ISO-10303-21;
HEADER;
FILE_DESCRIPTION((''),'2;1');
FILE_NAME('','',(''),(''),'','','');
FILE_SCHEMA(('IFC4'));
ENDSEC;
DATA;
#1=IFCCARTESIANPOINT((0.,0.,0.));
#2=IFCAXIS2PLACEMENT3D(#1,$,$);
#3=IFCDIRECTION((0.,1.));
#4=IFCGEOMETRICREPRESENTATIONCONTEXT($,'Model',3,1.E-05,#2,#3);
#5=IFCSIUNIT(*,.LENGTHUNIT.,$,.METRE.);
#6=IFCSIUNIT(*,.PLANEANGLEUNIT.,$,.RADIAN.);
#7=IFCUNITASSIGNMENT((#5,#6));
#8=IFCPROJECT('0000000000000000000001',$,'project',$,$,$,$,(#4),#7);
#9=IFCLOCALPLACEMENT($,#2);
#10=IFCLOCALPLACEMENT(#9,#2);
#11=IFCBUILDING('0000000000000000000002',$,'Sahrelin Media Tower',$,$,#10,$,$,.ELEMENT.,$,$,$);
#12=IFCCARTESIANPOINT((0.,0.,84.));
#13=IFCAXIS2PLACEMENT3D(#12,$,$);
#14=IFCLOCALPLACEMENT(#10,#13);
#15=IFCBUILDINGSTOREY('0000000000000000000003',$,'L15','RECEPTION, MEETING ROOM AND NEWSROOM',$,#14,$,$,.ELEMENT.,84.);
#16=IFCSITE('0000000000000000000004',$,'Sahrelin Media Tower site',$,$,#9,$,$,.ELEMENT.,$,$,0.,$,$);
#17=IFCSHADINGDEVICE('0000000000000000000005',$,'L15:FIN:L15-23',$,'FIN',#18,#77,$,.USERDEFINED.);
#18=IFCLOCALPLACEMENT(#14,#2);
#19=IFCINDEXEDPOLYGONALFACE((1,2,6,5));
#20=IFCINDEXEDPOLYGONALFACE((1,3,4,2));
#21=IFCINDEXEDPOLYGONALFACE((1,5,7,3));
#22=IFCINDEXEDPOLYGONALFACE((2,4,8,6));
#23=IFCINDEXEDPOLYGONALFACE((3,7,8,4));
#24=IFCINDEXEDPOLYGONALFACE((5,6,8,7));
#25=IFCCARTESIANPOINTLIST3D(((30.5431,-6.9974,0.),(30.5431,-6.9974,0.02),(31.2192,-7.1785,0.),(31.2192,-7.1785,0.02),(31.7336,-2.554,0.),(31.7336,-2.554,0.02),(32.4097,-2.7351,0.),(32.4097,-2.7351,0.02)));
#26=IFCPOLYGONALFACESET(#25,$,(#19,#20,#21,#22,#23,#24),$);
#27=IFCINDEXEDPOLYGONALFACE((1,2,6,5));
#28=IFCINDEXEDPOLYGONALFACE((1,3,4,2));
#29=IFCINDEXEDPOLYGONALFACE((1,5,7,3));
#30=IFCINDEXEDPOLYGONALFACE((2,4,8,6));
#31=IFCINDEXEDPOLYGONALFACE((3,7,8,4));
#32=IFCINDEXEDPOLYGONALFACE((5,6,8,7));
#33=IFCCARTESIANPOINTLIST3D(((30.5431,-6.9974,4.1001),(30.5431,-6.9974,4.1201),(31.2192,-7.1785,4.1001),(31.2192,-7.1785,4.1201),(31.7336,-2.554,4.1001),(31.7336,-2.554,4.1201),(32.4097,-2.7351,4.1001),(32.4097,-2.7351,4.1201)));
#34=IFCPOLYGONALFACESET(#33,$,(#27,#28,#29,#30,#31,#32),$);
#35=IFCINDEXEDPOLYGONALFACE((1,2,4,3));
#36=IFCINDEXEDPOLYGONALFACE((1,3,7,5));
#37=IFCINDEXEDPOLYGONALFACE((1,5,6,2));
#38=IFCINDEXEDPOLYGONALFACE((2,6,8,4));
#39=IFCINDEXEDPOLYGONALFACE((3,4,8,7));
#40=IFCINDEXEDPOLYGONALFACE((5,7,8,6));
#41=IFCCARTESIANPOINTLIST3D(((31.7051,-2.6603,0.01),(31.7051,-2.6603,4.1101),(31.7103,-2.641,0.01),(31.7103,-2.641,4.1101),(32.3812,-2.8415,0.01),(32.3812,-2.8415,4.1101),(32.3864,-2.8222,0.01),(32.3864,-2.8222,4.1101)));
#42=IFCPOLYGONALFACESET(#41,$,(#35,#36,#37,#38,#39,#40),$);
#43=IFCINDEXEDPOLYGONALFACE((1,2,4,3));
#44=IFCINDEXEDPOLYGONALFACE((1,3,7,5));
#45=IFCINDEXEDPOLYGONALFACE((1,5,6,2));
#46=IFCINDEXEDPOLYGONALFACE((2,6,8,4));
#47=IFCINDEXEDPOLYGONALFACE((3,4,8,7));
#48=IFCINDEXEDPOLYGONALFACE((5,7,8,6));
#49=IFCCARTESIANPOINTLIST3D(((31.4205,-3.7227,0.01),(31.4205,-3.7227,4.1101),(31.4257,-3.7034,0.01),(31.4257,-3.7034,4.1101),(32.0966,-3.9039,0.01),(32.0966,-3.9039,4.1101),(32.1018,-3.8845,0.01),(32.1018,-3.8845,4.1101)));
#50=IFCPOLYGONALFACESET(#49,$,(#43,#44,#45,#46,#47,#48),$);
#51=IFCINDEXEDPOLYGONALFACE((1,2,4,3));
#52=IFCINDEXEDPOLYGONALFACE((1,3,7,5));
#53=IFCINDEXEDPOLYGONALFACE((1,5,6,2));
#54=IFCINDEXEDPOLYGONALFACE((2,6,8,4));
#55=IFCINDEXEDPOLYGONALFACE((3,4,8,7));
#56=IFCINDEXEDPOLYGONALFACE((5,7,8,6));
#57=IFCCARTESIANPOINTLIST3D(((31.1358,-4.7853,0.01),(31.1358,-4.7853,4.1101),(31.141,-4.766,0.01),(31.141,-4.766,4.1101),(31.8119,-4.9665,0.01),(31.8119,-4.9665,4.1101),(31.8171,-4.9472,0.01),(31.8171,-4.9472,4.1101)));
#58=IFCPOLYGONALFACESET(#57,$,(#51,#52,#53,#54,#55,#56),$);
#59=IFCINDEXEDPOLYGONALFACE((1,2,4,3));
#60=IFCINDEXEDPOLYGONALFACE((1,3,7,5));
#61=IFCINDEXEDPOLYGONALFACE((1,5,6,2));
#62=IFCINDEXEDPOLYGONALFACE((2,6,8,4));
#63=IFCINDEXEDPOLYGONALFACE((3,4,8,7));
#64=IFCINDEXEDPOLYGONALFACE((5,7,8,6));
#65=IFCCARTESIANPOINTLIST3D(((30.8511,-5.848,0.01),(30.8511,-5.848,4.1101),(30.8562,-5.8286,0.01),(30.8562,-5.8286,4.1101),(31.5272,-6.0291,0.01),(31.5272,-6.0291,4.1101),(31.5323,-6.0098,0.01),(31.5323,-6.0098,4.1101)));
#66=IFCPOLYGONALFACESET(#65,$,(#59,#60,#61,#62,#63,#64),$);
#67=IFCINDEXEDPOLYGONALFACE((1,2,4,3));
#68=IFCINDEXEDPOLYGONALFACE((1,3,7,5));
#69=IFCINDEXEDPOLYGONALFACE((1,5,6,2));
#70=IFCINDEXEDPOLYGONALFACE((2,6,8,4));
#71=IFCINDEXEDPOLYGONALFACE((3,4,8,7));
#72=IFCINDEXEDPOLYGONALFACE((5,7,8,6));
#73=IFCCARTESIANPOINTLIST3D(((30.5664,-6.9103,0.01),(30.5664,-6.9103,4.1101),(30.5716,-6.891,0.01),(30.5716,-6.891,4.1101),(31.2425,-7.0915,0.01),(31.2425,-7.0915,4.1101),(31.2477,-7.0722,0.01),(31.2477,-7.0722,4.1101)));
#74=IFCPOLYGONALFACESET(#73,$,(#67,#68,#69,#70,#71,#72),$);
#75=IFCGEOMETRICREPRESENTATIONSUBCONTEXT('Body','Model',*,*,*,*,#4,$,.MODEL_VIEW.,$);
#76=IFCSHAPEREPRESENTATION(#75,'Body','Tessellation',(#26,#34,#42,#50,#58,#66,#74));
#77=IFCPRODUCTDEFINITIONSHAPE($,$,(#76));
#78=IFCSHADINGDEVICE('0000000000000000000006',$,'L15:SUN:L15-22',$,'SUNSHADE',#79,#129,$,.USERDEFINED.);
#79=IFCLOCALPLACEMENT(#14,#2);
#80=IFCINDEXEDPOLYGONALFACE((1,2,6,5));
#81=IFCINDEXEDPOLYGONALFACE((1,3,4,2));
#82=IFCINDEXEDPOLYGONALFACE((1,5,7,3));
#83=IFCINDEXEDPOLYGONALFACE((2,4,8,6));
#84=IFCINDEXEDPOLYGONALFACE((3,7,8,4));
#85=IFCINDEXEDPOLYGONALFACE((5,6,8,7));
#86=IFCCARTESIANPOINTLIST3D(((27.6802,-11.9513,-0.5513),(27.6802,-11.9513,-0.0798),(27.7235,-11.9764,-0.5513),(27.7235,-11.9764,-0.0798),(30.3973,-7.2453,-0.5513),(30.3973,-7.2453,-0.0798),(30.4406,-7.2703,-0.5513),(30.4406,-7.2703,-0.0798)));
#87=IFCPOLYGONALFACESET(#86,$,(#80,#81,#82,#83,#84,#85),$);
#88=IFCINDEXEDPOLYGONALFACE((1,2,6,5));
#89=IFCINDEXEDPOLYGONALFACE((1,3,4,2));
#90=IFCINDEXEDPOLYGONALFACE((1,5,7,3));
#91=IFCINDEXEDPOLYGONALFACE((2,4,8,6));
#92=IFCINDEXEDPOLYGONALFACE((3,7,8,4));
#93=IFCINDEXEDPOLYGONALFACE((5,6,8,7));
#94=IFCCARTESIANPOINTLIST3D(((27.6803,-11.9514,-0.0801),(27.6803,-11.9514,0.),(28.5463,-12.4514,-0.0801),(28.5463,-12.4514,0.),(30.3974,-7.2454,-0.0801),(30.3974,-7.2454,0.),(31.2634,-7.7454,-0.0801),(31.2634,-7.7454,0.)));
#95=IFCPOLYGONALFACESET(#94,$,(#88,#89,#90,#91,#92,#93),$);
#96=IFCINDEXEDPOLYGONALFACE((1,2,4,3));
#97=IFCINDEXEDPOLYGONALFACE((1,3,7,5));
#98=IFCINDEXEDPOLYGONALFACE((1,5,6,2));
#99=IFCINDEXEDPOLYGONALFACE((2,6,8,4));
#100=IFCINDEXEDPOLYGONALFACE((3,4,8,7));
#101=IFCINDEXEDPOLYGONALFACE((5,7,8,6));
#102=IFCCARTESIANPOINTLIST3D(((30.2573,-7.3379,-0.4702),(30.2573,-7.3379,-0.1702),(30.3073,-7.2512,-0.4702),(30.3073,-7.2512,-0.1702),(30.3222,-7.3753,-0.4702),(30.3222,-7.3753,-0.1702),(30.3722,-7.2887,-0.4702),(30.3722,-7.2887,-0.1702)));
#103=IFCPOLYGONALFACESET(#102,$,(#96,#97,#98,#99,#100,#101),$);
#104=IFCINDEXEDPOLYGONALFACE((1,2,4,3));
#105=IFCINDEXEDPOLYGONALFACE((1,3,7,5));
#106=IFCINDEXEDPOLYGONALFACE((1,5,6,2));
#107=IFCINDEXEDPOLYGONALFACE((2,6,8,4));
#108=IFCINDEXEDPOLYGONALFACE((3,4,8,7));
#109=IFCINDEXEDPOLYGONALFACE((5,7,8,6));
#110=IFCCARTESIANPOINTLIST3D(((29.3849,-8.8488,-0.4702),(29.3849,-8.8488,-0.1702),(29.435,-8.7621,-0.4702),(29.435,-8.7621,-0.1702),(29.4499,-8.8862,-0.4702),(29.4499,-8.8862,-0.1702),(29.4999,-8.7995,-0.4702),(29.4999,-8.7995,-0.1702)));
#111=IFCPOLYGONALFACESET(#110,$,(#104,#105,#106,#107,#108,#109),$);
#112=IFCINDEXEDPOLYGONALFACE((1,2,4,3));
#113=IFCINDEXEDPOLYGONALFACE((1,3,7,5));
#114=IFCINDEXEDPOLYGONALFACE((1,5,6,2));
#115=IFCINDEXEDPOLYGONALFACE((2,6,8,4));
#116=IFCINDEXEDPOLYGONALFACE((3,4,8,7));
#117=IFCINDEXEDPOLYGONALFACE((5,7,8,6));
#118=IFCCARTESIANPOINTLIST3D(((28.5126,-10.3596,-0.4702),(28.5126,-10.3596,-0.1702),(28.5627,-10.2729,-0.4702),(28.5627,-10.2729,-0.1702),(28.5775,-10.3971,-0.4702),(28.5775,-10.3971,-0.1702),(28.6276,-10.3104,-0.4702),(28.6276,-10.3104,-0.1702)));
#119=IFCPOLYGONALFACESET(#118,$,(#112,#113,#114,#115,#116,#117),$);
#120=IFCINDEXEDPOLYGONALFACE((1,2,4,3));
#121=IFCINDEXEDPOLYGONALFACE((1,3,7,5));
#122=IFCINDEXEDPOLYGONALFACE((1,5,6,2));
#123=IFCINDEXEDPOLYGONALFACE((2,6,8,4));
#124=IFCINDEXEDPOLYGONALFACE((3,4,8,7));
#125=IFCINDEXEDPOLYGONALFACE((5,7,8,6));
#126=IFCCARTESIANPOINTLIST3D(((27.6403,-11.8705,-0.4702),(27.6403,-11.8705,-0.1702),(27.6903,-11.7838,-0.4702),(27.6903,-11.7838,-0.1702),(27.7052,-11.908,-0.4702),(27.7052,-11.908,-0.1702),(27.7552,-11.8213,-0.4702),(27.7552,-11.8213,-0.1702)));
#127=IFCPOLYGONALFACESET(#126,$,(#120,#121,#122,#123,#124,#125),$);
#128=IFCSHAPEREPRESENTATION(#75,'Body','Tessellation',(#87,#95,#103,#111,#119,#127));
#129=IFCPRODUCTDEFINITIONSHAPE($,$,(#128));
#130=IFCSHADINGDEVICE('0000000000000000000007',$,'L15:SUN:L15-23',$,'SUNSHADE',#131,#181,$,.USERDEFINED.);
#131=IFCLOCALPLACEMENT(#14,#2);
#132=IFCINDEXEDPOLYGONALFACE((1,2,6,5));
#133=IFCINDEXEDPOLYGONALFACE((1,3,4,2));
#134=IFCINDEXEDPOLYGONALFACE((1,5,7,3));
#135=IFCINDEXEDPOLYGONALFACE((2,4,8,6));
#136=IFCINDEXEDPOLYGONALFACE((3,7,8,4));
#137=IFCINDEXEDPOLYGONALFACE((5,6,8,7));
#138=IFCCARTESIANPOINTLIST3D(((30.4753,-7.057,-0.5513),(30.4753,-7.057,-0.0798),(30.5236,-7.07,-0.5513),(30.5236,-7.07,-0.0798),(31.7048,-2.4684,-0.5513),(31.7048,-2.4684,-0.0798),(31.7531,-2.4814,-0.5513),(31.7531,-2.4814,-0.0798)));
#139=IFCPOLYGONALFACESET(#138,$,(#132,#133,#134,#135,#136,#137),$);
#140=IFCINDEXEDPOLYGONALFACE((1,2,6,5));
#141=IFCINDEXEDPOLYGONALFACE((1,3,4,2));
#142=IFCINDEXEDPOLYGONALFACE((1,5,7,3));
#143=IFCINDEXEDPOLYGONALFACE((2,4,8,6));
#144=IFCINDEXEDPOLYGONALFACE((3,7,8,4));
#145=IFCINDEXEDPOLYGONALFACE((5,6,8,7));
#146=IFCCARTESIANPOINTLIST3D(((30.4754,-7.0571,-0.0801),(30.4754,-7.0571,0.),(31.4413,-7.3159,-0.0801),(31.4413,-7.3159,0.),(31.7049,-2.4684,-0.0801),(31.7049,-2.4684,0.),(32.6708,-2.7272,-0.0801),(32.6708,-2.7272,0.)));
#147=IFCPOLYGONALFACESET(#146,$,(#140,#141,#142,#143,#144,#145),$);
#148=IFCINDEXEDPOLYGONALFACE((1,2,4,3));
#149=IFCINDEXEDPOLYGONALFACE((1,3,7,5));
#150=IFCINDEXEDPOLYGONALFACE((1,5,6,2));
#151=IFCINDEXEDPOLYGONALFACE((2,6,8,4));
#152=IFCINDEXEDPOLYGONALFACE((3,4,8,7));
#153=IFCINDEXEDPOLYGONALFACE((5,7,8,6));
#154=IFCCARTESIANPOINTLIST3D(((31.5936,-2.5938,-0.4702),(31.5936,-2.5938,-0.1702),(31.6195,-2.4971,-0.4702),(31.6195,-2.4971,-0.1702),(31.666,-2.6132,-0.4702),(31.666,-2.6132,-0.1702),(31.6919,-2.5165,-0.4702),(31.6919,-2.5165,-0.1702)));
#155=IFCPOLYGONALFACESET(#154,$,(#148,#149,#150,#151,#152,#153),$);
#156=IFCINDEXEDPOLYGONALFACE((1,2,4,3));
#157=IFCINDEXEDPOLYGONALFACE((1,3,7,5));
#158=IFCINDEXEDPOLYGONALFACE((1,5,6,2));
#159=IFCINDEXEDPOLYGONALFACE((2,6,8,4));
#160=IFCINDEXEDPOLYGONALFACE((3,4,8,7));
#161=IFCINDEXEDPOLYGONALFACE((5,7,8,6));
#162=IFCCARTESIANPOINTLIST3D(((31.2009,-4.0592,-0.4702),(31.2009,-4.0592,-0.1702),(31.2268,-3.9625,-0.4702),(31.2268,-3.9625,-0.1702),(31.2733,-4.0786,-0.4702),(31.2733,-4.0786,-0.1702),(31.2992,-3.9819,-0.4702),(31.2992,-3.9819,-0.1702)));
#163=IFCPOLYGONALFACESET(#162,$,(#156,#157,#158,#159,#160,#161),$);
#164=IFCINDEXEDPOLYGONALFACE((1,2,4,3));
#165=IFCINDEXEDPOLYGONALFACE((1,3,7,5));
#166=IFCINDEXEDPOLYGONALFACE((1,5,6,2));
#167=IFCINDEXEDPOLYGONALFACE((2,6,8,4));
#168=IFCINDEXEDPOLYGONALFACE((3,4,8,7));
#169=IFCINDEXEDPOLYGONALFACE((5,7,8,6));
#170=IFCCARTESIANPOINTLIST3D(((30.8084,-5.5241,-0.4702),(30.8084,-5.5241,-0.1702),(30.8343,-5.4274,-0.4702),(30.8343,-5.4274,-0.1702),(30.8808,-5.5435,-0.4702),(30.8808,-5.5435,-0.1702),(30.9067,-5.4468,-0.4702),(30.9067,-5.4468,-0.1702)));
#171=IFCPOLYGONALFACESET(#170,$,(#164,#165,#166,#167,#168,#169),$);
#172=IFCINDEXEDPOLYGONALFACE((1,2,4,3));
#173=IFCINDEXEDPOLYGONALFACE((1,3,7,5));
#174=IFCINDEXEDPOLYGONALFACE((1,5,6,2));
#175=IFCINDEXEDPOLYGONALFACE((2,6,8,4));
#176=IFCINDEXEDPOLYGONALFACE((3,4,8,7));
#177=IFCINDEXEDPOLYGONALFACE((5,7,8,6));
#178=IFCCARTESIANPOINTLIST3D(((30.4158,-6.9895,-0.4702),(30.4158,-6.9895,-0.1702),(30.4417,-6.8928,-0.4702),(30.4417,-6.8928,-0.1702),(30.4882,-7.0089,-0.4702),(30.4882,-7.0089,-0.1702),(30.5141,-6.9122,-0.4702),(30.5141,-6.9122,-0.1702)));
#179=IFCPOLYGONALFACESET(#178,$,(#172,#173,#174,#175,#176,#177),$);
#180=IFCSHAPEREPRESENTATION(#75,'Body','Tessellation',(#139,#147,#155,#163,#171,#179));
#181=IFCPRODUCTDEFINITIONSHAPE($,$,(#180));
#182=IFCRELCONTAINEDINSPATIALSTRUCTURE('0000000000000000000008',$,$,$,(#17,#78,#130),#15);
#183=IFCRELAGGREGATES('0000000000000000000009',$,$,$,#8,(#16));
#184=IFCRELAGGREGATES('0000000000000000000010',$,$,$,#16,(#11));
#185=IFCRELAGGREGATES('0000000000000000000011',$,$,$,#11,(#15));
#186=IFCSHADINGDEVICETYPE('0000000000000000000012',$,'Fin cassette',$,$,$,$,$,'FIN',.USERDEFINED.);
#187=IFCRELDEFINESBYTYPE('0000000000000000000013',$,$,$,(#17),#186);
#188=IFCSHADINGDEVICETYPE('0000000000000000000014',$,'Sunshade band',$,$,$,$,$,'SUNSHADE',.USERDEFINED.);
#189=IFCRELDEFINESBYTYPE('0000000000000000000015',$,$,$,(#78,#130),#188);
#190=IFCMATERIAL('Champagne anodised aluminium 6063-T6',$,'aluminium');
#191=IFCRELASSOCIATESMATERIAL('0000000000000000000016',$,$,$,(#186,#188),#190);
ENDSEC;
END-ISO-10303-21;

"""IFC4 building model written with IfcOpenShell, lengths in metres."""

from ifc_helpers import new_model, si_unit, direction, frame, origin, origin_2d, place, context, subcontext, project, spatial, rectangle, extrude, material, type_object, element, save


model = new_model("IFC4")

# Units and contexts
model_context = context("Model", 3, precision=1e-05, world=origin(), true_north=direction((0.0, 1.0)))
body_context = subcontext(model_context, "Body", "Model", "MODEL_VIEW")
ifc_project = project(units=[si_unit("LENGTHUNIT", "METRE"), si_unit("PLANEANGLEUNIT", "RADIAN")], contexts=[model_context])

# Site, building, storey
site_placement = place(None, origin())
site = spatial("IfcSite", under=ifc_project, at=site_placement, Name="Sahrelin Media Tower site", CompositionType="ELEMENT", RefElevation=0.0)
building_placement = place(site_placement, origin())
building = spatial("IfcBuilding", under=site, at=building_placement, Name="Sahrelin Media Tower", CompositionType="ELEMENT")
storey_placement = place(building_placement, frame((0.0, 0.0, 84.0)))
storey = spatial("IfcBuildingStorey", under=building, at=storey_placement, Name="L15", Description="RECEPTION, MEETING ROOM AND NEWSROOM", CompositionType="ELEMENT", Elevation=84.0)

# Shared definitions
ifc_material_1 = material(Name="Champagne anodised aluminium 6063-T6", Category="aluminium")

# Shading devices
shading_device_type_1 = type_object("IfcShadingDeviceType", Name="Fin cassette", ElementType="FIN", PredefinedType="USERDEFINED", material=ifc_material_1)
placement_1 = place(storey_placement, frame((29.0215, -9.5884, 0.0), z_axis=(0.0, 0.0, 1.0), x_axis=(-0.500011, -0.866019, 0.0)))
placement_2 = place(storey_placement, frame((31.0708, -4.7576, 0.0), z_axis=(0.0, 0.0, 1.0), x_axis=(-0.258808, -0.965929, 0.0)))
element("IfcShadingDevice", 1, at=placement_2, inside=storey, type_object=shading_device_type_1, Name="L15:FIN:L15-23", ObjectType="FIN", PredefinedType="USERDEFINED", context=body_context, shape_type="SweptSolid", body=[
    extrude(rectangle(XDim=4.6001, YDim=0.7, at=origin_2d()), frame((0.0, 0.4199, 0.0)), (0.0, 0.0, 1.0), 0.02),
    extrude(rectangle(XDim=4.6001, YDim=0.7, at=origin_2d()), frame((0.0, 0.4199, 4.1001)), (0.0, 0.0, 1.0), 0.02),
    extrude(rectangle(XDim=0.02, YDim=0.7, at=origin_2d()), frame((-2.2, 0.4199, 0.01), z_axis=(0.0, 0.0, 1.0), x_axis=(1.0, 0.0, 0.0)), (0.0, 0.0, 1.0), 4.1001),
    extrude(rectangle(XDim=0.02, YDim=0.7, at=origin_2d()), frame((-1.1001, 0.4199, 0.01), z_axis=(0.0, 0.0, 1.0), x_axis=(1.0, 0.0, 0.0)), (0.0, 0.0, 1.0), 4.1001),
    extrude(rectangle(XDim=0.02, YDim=0.7, at=origin_2d()), frame((0.0, 0.4199, 0.01), z_axis=(0.0, 0.0, 1.0), x_axis=(1.0, 0.0, 0.0)), (0.0, 0.0, 1.0), 4.1001),
    extrude(rectangle(XDim=0.02, YDim=0.7, at=origin_2d()), frame((1.1001, 0.4199, 0.01), z_axis=(0.0, 0.0, 1.0), x_axis=(1.0, 0.0, 0.0)), (0.0, 0.0, 1.0), 4.1001),
    extrude(rectangle(XDim=0.02, YDim=0.7, at=origin_2d()), frame((2.2, 0.4199, 0.01), z_axis=(0.0, 0.0, 1.0), x_axis=(1.0, 0.0, 0.0)), (0.0, 0.0, 1.0), 4.1001),
])
shading_device_type_2 = type_object("IfcShadingDeviceType", Name="Sunshade band", ElementType="SUNSHADE", PredefinedType="USERDEFINED", material=ifc_material_1)
element("IfcShadingDevice", 2, at=placement_1, inside=storey, type_object=shading_device_type_2, Name="L15:SUN:L15-22", ObjectType="SUNSHADE", PredefinedType="USERDEFINED", context=body_context, shape_type="SweptSolid", body=[
    extrude(rectangle(XDim=5.4341, YDim=0.05, at=origin_2d()), frame((0.0, 0.0449, -0.5513)), (0.0, 0.0, 1.0), 0.4714),
    extrude(rectangle(XDim=5.4341, YDim=1.0, at=origin_2d()), frame((0.0, 0.52, -0.0801)), (0.0, 0.0, 1.0), 0.0801),
    extrude(rectangle(XDim=0.1001, YDim=0.075, at=origin_2d()), frame((-2.6169, -0.0176, -0.4702)), (0.0, 0.0, 1.0), 0.3),
    extrude(rectangle(XDim=0.1001, YDim=0.075, at=origin_2d()), frame((-0.8723, -0.0176, -0.4702)), (0.0, 0.0, 1.0), 0.3),
    extrude(rectangle(XDim=0.1001, YDim=0.075, at=origin_2d()), frame((0.8723, -0.0176, -0.4702)), (0.0, 0.0, 1.0), 0.3),
    extrude(rectangle(XDim=0.1001, YDim=0.075, at=origin_2d()), frame((2.6169, -0.0176, -0.4702)), (0.0, 0.0, 1.0), 0.3),
])
element("IfcShadingDevice", 3, at=placement_2, inside=storey, type_object=shading_device_type_2, Name="L15:SUN:L15-23", ObjectType="SUNSHADE", PredefinedType="USERDEFINED", context=body_context, shape_type="SweptSolid", body=[
    extrude(rectangle(XDim=4.7505, YDim=0.05, at=origin_2d()), frame((0.0, 0.0449, -0.5513)), (0.0, 0.0, 1.0), 0.4714),
    extrude(rectangle(XDim=4.7505, YDim=1.0, at=origin_2d()), frame((0.0, 0.52, -0.0801)), (0.0, 0.0, 1.0), 0.0801),
    extrude(rectangle(XDim=0.1001, YDim=0.075, at=origin_2d()), frame((-2.2754, -0.0176, -0.4702)), (0.0, 0.0, 1.0), 0.3),
    extrude(rectangle(XDim=0.1001, YDim=0.075, at=origin_2d()), frame((-0.7583, -0.0176, -0.4702)), (0.0, 0.0, 1.0), 0.3),
    extrude(rectangle(XDim=0.1001, YDim=0.075, at=origin_2d()), frame((0.7583, -0.0176, -0.4702)), (0.0, 0.0, 1.0), 0.3),
    extrude(rectangle(XDim=0.1001, YDim=0.075, at=origin_2d()), frame((2.2754, -0.0176, -0.4702)), (0.0, 0.0, 1.0), 0.3),
])

save(model, "model.ifc")
